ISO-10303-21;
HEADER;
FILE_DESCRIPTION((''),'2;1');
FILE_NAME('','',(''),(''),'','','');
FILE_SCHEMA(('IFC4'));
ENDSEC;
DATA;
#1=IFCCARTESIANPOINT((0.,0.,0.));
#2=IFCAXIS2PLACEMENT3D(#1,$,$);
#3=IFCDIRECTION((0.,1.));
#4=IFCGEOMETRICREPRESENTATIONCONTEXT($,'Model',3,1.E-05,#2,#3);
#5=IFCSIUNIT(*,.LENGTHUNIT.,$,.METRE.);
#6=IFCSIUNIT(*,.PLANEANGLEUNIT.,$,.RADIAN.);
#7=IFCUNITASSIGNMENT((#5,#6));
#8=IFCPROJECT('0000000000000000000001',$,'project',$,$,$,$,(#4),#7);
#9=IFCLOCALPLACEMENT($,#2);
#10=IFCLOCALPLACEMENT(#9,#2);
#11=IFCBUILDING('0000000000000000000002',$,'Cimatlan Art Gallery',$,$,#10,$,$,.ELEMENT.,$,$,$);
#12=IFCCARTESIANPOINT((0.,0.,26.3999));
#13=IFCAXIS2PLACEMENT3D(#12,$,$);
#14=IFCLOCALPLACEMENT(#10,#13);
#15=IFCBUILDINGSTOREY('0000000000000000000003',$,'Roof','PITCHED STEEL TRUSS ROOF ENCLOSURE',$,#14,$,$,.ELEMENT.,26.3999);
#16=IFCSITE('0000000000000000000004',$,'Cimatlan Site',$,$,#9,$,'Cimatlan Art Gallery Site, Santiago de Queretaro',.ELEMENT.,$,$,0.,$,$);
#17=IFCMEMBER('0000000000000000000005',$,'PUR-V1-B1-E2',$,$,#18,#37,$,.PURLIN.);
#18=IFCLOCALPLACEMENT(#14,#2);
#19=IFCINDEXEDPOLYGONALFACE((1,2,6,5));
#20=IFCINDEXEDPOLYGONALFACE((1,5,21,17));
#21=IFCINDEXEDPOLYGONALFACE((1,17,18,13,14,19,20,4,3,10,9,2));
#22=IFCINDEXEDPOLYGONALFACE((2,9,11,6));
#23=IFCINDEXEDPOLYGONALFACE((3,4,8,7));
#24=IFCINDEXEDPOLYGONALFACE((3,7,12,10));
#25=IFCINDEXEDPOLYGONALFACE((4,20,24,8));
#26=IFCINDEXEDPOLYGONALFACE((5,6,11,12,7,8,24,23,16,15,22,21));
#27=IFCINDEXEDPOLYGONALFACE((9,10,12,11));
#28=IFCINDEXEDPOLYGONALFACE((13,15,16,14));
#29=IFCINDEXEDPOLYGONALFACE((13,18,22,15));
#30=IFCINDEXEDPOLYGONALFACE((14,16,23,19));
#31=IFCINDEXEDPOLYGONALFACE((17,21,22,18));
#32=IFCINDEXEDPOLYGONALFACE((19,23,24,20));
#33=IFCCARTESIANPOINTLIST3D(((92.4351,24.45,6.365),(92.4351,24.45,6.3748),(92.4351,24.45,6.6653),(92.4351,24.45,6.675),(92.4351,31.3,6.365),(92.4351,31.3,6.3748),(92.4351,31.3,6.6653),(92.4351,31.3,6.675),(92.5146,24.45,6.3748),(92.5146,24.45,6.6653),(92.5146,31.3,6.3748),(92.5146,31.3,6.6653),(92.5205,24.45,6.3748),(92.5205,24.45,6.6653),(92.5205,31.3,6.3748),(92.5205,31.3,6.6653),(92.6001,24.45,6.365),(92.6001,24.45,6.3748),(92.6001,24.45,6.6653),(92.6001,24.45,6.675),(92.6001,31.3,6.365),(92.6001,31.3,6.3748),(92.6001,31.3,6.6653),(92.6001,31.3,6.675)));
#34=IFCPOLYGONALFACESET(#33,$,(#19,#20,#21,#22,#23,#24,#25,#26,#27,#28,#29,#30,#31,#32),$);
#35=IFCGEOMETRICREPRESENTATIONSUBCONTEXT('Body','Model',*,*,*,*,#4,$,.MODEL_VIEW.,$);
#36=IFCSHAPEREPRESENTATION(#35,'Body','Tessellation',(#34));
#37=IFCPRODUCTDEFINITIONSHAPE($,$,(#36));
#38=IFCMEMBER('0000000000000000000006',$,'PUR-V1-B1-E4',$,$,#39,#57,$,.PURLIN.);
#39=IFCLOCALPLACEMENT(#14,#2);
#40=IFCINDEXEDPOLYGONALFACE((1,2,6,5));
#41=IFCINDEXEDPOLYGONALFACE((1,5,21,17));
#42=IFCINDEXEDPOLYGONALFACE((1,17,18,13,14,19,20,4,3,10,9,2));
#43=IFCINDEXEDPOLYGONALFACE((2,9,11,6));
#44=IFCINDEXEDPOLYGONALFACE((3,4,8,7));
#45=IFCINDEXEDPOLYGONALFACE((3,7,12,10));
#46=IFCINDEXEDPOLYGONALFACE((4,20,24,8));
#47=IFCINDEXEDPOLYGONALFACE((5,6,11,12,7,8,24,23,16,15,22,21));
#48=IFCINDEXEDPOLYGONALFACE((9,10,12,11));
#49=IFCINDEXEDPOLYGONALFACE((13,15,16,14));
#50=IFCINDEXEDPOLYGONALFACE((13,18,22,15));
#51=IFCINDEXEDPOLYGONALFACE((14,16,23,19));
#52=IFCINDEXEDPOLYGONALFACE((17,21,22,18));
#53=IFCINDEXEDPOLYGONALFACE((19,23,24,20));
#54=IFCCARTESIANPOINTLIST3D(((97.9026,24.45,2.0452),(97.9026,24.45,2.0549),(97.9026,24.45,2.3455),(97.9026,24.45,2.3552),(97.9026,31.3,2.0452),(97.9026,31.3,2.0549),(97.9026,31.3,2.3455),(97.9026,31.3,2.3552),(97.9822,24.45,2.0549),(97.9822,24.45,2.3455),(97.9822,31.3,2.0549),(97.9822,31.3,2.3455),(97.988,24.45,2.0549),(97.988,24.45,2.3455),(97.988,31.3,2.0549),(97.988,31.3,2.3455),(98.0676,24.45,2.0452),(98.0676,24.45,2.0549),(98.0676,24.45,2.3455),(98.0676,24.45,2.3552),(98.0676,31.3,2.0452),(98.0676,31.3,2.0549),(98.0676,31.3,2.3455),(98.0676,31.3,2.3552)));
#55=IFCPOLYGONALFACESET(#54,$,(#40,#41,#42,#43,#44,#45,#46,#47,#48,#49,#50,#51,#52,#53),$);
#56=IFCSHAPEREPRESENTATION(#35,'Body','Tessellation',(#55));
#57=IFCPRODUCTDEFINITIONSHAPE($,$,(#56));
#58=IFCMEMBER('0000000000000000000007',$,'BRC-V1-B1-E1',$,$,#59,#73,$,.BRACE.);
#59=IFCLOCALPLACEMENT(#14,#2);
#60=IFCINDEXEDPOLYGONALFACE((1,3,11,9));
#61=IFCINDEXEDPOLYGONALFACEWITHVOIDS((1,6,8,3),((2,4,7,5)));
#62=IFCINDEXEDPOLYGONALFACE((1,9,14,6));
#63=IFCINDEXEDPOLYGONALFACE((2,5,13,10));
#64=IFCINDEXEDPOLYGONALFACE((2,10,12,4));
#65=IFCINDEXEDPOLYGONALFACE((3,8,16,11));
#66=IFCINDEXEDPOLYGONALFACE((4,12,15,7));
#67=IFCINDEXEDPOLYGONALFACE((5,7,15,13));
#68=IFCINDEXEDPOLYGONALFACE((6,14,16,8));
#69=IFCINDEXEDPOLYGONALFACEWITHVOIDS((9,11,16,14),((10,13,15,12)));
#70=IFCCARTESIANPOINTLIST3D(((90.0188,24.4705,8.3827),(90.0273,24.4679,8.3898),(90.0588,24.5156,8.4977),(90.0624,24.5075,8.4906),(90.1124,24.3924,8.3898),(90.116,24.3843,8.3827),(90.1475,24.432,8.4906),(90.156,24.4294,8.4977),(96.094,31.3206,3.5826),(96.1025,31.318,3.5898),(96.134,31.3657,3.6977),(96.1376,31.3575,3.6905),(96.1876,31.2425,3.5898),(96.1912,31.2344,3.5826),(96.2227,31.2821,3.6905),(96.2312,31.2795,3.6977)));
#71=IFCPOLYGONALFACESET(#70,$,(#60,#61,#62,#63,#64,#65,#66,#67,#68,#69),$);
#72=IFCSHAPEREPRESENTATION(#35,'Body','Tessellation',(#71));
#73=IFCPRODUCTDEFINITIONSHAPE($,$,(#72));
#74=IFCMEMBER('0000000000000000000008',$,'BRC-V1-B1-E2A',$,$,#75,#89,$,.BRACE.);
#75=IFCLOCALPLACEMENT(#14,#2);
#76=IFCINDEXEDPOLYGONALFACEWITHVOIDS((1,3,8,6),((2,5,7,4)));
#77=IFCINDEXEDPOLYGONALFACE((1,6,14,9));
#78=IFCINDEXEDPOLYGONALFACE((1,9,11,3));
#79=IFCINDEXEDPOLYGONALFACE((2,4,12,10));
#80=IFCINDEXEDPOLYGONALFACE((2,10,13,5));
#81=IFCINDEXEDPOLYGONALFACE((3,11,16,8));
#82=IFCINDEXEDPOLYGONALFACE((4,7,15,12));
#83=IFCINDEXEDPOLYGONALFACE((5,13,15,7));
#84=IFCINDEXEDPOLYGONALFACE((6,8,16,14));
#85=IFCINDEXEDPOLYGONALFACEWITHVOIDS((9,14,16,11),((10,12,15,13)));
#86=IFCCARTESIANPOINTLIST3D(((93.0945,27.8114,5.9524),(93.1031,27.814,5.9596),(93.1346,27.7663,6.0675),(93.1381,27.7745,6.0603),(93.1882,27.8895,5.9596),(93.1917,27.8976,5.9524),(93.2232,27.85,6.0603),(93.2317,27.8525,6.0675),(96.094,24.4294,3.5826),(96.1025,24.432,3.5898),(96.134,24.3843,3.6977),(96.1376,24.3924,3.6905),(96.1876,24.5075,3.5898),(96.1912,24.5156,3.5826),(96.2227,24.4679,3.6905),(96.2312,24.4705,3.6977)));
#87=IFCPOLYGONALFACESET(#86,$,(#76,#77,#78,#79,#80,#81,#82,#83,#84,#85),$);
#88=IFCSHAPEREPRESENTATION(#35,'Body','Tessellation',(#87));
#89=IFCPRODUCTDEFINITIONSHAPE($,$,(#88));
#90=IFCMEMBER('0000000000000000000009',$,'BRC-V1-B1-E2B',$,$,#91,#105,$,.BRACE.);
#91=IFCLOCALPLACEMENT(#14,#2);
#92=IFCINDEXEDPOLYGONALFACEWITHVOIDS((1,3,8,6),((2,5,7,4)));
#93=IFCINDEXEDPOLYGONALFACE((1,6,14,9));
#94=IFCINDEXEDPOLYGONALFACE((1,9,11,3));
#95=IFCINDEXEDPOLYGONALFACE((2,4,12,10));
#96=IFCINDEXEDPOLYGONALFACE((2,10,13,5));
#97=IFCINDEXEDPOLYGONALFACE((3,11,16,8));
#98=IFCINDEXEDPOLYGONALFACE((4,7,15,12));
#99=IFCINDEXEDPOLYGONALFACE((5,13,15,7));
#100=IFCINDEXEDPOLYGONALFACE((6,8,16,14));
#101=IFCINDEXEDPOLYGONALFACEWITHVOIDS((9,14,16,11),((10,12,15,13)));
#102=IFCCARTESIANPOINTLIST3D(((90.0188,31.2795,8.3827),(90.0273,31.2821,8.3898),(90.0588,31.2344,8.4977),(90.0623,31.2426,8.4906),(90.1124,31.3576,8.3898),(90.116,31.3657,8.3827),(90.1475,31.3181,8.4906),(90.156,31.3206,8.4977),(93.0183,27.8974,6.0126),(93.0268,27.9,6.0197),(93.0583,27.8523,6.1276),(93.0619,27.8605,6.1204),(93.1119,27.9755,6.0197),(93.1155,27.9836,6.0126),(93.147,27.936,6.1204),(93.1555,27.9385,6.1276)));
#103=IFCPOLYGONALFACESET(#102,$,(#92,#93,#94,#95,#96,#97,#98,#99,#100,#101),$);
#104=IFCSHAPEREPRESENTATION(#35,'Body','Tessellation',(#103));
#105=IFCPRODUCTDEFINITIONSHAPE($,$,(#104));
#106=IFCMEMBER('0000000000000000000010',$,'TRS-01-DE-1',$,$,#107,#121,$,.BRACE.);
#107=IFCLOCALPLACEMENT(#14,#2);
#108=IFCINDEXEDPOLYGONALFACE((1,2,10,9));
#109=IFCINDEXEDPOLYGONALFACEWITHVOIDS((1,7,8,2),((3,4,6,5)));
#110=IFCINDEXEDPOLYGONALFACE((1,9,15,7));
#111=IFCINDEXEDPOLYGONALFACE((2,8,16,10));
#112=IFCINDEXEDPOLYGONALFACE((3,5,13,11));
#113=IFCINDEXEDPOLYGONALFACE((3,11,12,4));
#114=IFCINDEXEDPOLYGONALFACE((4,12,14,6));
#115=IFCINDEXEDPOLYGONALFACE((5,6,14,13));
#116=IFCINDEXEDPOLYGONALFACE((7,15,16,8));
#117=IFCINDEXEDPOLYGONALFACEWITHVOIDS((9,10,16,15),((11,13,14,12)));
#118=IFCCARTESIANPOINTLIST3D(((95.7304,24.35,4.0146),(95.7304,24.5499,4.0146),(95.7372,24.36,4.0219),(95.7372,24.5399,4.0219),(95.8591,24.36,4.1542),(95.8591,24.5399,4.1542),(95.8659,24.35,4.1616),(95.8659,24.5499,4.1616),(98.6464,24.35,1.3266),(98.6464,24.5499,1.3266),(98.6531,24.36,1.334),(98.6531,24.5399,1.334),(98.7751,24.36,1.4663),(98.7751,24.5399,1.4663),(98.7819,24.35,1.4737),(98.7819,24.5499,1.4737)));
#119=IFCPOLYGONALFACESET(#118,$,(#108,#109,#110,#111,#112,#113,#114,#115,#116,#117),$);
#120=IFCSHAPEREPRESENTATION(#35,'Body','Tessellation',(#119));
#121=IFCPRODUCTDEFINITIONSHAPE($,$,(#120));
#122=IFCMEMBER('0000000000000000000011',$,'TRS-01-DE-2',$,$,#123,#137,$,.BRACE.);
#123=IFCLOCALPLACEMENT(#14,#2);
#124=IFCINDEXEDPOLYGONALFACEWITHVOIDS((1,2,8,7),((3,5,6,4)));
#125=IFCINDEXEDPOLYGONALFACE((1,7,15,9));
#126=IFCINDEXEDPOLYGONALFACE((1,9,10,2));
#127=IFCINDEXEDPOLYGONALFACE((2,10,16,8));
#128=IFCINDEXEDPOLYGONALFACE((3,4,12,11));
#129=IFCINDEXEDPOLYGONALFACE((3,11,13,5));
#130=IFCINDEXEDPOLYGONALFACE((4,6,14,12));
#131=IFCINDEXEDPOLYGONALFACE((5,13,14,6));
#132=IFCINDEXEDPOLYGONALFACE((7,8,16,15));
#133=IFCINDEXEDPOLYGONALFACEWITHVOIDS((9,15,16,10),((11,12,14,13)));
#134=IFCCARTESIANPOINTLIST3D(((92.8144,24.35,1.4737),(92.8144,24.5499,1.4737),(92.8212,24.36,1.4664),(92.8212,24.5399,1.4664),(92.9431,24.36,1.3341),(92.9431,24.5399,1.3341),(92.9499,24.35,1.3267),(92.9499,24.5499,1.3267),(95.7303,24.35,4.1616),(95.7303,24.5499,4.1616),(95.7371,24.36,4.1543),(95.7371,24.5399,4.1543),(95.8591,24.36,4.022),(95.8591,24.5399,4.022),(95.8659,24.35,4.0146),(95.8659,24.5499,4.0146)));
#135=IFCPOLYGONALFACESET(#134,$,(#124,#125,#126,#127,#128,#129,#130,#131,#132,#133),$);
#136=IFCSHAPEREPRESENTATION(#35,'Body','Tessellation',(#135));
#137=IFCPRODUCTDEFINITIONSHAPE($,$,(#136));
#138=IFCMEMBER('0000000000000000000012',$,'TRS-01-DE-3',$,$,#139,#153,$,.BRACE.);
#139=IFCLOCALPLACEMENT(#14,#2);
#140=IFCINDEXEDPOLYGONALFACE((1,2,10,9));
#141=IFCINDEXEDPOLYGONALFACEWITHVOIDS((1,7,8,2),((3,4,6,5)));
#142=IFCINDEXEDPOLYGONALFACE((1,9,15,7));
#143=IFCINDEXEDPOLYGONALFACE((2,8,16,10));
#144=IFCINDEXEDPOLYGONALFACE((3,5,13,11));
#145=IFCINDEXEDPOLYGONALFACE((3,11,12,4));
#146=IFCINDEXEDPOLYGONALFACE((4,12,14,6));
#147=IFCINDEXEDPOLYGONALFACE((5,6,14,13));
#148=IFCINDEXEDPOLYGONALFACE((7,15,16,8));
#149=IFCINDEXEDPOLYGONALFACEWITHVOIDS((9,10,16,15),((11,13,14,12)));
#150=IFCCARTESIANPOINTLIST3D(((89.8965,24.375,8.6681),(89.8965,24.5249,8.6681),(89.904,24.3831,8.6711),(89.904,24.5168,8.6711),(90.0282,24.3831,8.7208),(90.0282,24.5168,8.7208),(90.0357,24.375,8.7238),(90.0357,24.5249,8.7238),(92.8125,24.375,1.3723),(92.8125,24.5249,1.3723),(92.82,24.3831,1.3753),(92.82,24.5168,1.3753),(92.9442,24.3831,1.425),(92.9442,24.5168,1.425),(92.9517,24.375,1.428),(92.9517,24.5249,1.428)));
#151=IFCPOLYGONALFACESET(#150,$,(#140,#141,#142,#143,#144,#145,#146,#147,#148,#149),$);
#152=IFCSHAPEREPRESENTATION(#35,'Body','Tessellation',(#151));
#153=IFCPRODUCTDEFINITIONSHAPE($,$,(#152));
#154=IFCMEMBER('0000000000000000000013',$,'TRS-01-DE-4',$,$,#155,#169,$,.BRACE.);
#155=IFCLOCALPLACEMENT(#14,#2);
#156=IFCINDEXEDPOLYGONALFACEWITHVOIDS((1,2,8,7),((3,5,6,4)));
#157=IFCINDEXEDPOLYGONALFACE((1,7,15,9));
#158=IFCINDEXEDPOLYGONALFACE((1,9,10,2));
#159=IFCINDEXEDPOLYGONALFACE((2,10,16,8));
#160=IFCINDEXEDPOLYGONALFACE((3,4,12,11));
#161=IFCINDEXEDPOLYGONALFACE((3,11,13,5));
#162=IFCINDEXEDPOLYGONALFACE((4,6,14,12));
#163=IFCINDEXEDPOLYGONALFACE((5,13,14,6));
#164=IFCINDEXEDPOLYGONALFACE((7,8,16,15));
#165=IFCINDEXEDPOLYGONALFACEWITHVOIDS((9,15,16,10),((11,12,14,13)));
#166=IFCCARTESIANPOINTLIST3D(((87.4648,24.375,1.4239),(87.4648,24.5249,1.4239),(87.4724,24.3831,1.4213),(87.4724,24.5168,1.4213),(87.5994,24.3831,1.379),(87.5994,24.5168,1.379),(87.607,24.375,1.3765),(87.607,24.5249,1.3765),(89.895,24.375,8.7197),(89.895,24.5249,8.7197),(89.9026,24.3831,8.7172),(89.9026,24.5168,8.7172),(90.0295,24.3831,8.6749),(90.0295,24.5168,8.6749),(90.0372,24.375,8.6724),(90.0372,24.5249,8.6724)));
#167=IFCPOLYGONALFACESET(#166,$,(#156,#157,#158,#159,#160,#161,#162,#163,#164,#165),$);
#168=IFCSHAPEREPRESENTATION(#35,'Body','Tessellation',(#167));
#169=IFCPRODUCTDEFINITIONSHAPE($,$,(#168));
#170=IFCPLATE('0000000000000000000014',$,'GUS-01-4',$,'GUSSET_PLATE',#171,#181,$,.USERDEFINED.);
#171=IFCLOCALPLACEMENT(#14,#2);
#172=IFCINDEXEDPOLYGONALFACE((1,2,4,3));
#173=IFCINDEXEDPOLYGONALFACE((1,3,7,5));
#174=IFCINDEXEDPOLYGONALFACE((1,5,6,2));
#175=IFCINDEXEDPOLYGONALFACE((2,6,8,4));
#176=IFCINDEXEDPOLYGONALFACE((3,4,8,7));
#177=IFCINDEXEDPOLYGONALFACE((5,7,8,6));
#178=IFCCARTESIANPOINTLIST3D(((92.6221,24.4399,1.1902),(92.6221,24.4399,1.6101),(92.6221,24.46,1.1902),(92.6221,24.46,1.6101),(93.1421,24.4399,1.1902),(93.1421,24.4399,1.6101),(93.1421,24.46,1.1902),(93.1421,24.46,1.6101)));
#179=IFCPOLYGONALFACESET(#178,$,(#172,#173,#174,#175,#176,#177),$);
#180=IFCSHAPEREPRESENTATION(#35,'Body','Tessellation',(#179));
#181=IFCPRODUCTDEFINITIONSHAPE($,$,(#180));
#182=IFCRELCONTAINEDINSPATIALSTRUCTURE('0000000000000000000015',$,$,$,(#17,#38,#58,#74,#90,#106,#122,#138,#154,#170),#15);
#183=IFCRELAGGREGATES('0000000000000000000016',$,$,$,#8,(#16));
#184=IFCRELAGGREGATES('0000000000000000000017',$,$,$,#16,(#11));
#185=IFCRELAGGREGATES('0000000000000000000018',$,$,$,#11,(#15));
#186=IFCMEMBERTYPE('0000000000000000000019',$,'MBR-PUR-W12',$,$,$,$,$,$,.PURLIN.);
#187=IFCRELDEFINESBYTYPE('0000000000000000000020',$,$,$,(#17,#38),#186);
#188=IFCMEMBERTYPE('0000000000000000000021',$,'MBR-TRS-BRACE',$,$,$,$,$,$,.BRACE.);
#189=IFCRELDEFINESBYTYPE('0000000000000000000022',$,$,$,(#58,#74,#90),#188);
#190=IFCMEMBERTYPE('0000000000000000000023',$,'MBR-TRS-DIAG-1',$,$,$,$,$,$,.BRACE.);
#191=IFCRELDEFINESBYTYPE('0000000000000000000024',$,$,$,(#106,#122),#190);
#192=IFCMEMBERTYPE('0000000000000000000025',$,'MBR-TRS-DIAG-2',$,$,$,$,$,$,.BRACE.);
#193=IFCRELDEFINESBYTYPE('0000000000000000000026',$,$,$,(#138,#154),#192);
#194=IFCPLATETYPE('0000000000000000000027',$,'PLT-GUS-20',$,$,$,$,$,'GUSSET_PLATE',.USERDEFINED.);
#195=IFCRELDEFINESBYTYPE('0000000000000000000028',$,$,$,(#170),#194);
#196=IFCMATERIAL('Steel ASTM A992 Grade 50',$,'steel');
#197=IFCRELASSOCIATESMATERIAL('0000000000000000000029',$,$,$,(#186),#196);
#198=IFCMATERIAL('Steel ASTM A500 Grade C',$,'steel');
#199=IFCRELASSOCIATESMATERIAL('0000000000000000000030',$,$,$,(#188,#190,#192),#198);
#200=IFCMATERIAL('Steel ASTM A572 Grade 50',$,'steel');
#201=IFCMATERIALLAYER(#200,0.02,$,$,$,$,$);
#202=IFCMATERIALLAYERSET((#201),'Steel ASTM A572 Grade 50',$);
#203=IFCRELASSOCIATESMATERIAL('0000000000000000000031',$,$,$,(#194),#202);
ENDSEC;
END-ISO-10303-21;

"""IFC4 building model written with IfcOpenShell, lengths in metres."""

from ifc_helpers import new_model, si_unit, direction, frame, origin, origin_2d, place, context, subcontext, project, spatial, rectangle, hollow_rectangle, i_section, extrude, material, layer, layer_set, material_profile, profile_set, type_object, element, save


model = new_model("IFC4")

# Units and contexts
model_context = context("Model", 3, precision=1e-05, world=origin(), true_north=direction((0.0, 1.0)))
body_context = subcontext(model_context, "Body", "Model", "MODEL_VIEW")
ifc_project = project(units=[si_unit("LENGTHUNIT", "METRE"), si_unit("PLANEANGLEUNIT", "RADIAN")], contexts=[model_context])

# Site, building, storey
site_placement = place(None, origin())
site = spatial("IfcSite", under=ifc_project, at=site_placement, Name="Cimatlan Site", LongName="Cimatlan Art Gallery Site, Santiago de Queretaro", CompositionType="ELEMENT", RefElevation=0.0)
building_placement = place(site_placement, origin())
building = spatial("IfcBuilding", under=site, at=building_placement, Name="Cimatlan Art Gallery", CompositionType="ELEMENT")
storey_placement = place(building_placement, frame((0.0, 0.0, 26.3999)))
storey = spatial("IfcBuildingStorey", under=building, at=storey_placement, Name="Roof", Description="PITCHED STEEL TRUSS ROOF ENCLOSURE", CompositionType="ELEMENT", Elevation=26.3999)

# Shared definitions
ifc_material_1 = material(Name="Steel ASTM A992 Grade 50", Category="steel")

# Members
ifc_material_2 = material(Name="Steel ASTM A500 Grade C", Category="steel")
ifc_material_profile_1 = material_profile(ifc_material_1, i_section(OverallWidth=0.165, OverallDepth=0.3101, WebThickness=0.0059, FlangeThickness=0.0098, at=origin_2d()), Name="W12X26")
ifc_profile_set_1 = profile_set([ifc_material_profile_1], Name="Steel ASTM A992 Grade 50")
member_type_1 = type_object("IfcMemberType", Name="MBR-PUR-W12", PredefinedType="PURLIN", material=ifc_profile_set_1)
for number, where, z_axis, x_axis, name in (
    (1, (92.5176, 24.45, 6.52), (0.0, 1.0, 0.0), (-1.0, 0.0, 0.0), "PUR-V1-B1-E2"),
    (2, (97.9851, 24.45, 2.2002), (0.0, 1.0, 0.0), (-1.0, 0.0, 0.0), "PUR-V1-B1-E4"),
):
    element("IfcMember", number, at=place(storey_placement, frame(where, z_axis=z_axis, x_axis=x_axis)), inside=storey, type_object=member_type_1, Name=name, PredefinedType="PURLIN", context=body_context, shape_type="SweptSolid", body=[
        extrude(i_section(OverallWidth=0.165, OverallDepth=0.3101, WebThickness=0.0059, FlangeThickness=0.0098, at=origin_2d()), origin(), (0.0, 0.0, 1.0), 6.8501),
    ])
ifc_material_profile_2 = material_profile(ifc_material_2, hollow_rectangle(XDim=0.1299, YDim=0.1299, WallThickness=0.0081, at=origin_2d()), Name="HSS130X130X8")
ifc_profile_set_2 = profile_set([ifc_material_profile_2], Name="Steel ASTM A500 Grade C")
member_type_2 = type_object("IfcMemberType", Name="MBR-TRS-BRACE", PredefinedType="BRACE", material=ifc_profile_set_2)
member_1_placement = place(storey_placement, frame((90.0874, 24.45, 8.4402), z_axis=(0.587662, 0.662619, -0.464315), x_axis=(-0.748156, 0.663523, 0.0)))
element("IfcMember", 3, at=member_1_placement, inside=storey, type_object=member_type_2, Name="BRC-V1-B1-E1", PredefinedType="BRACE", context=body_context, shape_type="SweptSolid", body=[
    extrude(hollow_rectangle(XDim=0.1299, YDim=0.1299, WallThickness=0.0081, at=origin_2d()), origin(), (0.0, 0.0, 1.0), 10.3379),
])
member_2_placement = place(storey_placement, frame((96.1626, 24.45, 3.6401), z_axis=(-0.587667, 0.66262, 0.464308), x_axis=(-0.748154, -0.663525, 0.0)))
element("IfcMember", 4, at=member_2_placement, inside=storey, type_object=member_type_2, Name="BRC-V1-B1-E2A", PredefinedType="BRACE", context=body_context, shape_type="SweptSolid", body=[
    extrude(hollow_rectangle(XDim=0.1299, YDim=0.1299, WallThickness=0.0081, at=origin_2d()), origin(), (0.0, 0.0, 1.0), 5.104),
])
member_3_placement = place(storey_placement, frame((93.0869, 27.918, 6.0701), z_axis=(-0.587654, 0.662606, 0.464345), x_axis=(-0.748154, -0.663525, 0.0)))
element("IfcMember", 5, at=member_3_placement, inside=storey, type_object=member_type_2, Name="BRC-V1-B1-E2B", PredefinedType="BRACE", context=body_context, shape_type="SweptSolid", body=[
    extrude(hollow_rectangle(XDim=0.1299, YDim=0.1299, WallThickness=0.0081, at=origin_2d()), origin(), (0.0, 0.0, 1.0), 5.1042),
])
ifc_material_profile_3 = material_profile(ifc_material_2, hollow_rectangle(XDim=0.2, YDim=0.2, WallThickness=0.01, at=origin_2d()), Name="HSS200X200X10")
ifc_profile_set_3 = profile_set([ifc_material_profile_3], Name="Steel ASTM A500 Grade C")
member_type_3 = type_object("IfcMemberType", Name="MBR-TRS-DIAG-1", PredefinedType="BRACE", material=ifc_profile_set_3)
for number, where, z_axis, x_axis, name in (
    (6, (98.7141, 24.45, 1.4001), (-0.735271, 0.0, 0.677774), (0.0, -1.0, 0.0), "TRS-01-DE-1"),
    (7, (95.7981, 24.45, 4.0881), (-0.735271, 0.0, -0.677774), (0.0, -1.0, 0.0), "TRS-01-DE-2"),
):
    element("IfcMember", number, at=place(storey_placement, frame(where, z_axis=z_axis, x_axis=x_axis)), inside=storey, type_object=member_type_3, Name=name, PredefinedType="BRACE", context=body_context, shape_type="SweptSolid", body=[
        extrude(hollow_rectangle(XDim=0.2, YDim=0.2, WallThickness=0.01, at=origin_2d()), origin(), (0.0, 0.0, 1.0), 3.9658),
    ])
ifc_material_profile_4 = material_profile(ifc_material_2, hollow_rectangle(XDim=0.1499, YDim=0.1499, WallThickness=0.0081, at=origin_2d()), Name="HSS150X150X8")
ifc_profile_set_4 = profile_set([ifc_material_profile_4], Name="Steel ASTM A500 Grade C")
member_type_4 = type_object("IfcMemberType", Name="MBR-TRS-DIAG-2", PredefinedType="BRACE", material=ifc_profile_set_4)
member_4_placement = place(storey_placement, frame((92.8821, 24.45, 1.4001), z_axis=(-0.371134, 0.0, 0.92858), x_axis=(0.0, -1.0, 0.0)))
element("IfcMember", 8, at=member_4_placement, inside=storey, type_object=member_type_4, Name="TRS-01-DE-3", PredefinedType="BRACE", context=body_context, shape_type="SweptSolid", body=[
    extrude(hollow_rectangle(XDim=0.1499, YDim=0.1499, WallThickness=0.0081, at=origin_2d()), origin(), (0.0, 0.0, 1.0), 7.8569),
])
member_5_placement = place(storey_placement, frame((89.9661, 24.45, 8.696), z_axis=(-0.316018, 0.0, -0.948753), x_axis=(0.0, -1.0, 0.0)))
element("IfcMember", 9, at=member_5_placement, inside=storey, type_object=member_type_4, Name="TRS-01-DE-4", PredefinedType="BRACE", context=body_context, shape_type="SweptSolid", body=[
    extrude(hollow_rectangle(XDim=0.1499, YDim=0.1499, WallThickness=0.0081, at=origin_2d()), origin(), (0.0, 0.0, 1.0), 7.6899),
])

# Plate
ifc_material_3 = material(Name="Steel ASTM A572 Grade 50", Category="steel")
ifc_layer_1 = layer(ifc_material_3, 0.02)
ifc_layer_set_1 = layer_set([ifc_layer_1], Name="Steel ASTM A572 Grade 50")
plate_type_1 = type_object("IfcPlateType", Name="PLT-GUS-20", ElementType="GUSSET_PLATE", PredefinedType="USERDEFINED", material=ifc_layer_set_1)
plate_1_placement = place(storey_placement, frame((92.8821, 24.45, 1.1902), z_axis=(0.0, 0.0, 1.0), x_axis=(1.0, 0.0, 0.0)))
element("IfcPlate", 10, at=plate_1_placement, inside=storey, type_object=plate_type_1, Name="GUS-01-4", ObjectType="GUSSET_PLATE", PredefinedType="USERDEFINED", context=body_context, shape_type="SweptSolid", body=[
    extrude(rectangle(XDim=0.52, YDim=0.02, at=origin_2d()), origin(), (0.0, 0.0, 1.0), 0.4199),
])

save(model, "model.ifc")
